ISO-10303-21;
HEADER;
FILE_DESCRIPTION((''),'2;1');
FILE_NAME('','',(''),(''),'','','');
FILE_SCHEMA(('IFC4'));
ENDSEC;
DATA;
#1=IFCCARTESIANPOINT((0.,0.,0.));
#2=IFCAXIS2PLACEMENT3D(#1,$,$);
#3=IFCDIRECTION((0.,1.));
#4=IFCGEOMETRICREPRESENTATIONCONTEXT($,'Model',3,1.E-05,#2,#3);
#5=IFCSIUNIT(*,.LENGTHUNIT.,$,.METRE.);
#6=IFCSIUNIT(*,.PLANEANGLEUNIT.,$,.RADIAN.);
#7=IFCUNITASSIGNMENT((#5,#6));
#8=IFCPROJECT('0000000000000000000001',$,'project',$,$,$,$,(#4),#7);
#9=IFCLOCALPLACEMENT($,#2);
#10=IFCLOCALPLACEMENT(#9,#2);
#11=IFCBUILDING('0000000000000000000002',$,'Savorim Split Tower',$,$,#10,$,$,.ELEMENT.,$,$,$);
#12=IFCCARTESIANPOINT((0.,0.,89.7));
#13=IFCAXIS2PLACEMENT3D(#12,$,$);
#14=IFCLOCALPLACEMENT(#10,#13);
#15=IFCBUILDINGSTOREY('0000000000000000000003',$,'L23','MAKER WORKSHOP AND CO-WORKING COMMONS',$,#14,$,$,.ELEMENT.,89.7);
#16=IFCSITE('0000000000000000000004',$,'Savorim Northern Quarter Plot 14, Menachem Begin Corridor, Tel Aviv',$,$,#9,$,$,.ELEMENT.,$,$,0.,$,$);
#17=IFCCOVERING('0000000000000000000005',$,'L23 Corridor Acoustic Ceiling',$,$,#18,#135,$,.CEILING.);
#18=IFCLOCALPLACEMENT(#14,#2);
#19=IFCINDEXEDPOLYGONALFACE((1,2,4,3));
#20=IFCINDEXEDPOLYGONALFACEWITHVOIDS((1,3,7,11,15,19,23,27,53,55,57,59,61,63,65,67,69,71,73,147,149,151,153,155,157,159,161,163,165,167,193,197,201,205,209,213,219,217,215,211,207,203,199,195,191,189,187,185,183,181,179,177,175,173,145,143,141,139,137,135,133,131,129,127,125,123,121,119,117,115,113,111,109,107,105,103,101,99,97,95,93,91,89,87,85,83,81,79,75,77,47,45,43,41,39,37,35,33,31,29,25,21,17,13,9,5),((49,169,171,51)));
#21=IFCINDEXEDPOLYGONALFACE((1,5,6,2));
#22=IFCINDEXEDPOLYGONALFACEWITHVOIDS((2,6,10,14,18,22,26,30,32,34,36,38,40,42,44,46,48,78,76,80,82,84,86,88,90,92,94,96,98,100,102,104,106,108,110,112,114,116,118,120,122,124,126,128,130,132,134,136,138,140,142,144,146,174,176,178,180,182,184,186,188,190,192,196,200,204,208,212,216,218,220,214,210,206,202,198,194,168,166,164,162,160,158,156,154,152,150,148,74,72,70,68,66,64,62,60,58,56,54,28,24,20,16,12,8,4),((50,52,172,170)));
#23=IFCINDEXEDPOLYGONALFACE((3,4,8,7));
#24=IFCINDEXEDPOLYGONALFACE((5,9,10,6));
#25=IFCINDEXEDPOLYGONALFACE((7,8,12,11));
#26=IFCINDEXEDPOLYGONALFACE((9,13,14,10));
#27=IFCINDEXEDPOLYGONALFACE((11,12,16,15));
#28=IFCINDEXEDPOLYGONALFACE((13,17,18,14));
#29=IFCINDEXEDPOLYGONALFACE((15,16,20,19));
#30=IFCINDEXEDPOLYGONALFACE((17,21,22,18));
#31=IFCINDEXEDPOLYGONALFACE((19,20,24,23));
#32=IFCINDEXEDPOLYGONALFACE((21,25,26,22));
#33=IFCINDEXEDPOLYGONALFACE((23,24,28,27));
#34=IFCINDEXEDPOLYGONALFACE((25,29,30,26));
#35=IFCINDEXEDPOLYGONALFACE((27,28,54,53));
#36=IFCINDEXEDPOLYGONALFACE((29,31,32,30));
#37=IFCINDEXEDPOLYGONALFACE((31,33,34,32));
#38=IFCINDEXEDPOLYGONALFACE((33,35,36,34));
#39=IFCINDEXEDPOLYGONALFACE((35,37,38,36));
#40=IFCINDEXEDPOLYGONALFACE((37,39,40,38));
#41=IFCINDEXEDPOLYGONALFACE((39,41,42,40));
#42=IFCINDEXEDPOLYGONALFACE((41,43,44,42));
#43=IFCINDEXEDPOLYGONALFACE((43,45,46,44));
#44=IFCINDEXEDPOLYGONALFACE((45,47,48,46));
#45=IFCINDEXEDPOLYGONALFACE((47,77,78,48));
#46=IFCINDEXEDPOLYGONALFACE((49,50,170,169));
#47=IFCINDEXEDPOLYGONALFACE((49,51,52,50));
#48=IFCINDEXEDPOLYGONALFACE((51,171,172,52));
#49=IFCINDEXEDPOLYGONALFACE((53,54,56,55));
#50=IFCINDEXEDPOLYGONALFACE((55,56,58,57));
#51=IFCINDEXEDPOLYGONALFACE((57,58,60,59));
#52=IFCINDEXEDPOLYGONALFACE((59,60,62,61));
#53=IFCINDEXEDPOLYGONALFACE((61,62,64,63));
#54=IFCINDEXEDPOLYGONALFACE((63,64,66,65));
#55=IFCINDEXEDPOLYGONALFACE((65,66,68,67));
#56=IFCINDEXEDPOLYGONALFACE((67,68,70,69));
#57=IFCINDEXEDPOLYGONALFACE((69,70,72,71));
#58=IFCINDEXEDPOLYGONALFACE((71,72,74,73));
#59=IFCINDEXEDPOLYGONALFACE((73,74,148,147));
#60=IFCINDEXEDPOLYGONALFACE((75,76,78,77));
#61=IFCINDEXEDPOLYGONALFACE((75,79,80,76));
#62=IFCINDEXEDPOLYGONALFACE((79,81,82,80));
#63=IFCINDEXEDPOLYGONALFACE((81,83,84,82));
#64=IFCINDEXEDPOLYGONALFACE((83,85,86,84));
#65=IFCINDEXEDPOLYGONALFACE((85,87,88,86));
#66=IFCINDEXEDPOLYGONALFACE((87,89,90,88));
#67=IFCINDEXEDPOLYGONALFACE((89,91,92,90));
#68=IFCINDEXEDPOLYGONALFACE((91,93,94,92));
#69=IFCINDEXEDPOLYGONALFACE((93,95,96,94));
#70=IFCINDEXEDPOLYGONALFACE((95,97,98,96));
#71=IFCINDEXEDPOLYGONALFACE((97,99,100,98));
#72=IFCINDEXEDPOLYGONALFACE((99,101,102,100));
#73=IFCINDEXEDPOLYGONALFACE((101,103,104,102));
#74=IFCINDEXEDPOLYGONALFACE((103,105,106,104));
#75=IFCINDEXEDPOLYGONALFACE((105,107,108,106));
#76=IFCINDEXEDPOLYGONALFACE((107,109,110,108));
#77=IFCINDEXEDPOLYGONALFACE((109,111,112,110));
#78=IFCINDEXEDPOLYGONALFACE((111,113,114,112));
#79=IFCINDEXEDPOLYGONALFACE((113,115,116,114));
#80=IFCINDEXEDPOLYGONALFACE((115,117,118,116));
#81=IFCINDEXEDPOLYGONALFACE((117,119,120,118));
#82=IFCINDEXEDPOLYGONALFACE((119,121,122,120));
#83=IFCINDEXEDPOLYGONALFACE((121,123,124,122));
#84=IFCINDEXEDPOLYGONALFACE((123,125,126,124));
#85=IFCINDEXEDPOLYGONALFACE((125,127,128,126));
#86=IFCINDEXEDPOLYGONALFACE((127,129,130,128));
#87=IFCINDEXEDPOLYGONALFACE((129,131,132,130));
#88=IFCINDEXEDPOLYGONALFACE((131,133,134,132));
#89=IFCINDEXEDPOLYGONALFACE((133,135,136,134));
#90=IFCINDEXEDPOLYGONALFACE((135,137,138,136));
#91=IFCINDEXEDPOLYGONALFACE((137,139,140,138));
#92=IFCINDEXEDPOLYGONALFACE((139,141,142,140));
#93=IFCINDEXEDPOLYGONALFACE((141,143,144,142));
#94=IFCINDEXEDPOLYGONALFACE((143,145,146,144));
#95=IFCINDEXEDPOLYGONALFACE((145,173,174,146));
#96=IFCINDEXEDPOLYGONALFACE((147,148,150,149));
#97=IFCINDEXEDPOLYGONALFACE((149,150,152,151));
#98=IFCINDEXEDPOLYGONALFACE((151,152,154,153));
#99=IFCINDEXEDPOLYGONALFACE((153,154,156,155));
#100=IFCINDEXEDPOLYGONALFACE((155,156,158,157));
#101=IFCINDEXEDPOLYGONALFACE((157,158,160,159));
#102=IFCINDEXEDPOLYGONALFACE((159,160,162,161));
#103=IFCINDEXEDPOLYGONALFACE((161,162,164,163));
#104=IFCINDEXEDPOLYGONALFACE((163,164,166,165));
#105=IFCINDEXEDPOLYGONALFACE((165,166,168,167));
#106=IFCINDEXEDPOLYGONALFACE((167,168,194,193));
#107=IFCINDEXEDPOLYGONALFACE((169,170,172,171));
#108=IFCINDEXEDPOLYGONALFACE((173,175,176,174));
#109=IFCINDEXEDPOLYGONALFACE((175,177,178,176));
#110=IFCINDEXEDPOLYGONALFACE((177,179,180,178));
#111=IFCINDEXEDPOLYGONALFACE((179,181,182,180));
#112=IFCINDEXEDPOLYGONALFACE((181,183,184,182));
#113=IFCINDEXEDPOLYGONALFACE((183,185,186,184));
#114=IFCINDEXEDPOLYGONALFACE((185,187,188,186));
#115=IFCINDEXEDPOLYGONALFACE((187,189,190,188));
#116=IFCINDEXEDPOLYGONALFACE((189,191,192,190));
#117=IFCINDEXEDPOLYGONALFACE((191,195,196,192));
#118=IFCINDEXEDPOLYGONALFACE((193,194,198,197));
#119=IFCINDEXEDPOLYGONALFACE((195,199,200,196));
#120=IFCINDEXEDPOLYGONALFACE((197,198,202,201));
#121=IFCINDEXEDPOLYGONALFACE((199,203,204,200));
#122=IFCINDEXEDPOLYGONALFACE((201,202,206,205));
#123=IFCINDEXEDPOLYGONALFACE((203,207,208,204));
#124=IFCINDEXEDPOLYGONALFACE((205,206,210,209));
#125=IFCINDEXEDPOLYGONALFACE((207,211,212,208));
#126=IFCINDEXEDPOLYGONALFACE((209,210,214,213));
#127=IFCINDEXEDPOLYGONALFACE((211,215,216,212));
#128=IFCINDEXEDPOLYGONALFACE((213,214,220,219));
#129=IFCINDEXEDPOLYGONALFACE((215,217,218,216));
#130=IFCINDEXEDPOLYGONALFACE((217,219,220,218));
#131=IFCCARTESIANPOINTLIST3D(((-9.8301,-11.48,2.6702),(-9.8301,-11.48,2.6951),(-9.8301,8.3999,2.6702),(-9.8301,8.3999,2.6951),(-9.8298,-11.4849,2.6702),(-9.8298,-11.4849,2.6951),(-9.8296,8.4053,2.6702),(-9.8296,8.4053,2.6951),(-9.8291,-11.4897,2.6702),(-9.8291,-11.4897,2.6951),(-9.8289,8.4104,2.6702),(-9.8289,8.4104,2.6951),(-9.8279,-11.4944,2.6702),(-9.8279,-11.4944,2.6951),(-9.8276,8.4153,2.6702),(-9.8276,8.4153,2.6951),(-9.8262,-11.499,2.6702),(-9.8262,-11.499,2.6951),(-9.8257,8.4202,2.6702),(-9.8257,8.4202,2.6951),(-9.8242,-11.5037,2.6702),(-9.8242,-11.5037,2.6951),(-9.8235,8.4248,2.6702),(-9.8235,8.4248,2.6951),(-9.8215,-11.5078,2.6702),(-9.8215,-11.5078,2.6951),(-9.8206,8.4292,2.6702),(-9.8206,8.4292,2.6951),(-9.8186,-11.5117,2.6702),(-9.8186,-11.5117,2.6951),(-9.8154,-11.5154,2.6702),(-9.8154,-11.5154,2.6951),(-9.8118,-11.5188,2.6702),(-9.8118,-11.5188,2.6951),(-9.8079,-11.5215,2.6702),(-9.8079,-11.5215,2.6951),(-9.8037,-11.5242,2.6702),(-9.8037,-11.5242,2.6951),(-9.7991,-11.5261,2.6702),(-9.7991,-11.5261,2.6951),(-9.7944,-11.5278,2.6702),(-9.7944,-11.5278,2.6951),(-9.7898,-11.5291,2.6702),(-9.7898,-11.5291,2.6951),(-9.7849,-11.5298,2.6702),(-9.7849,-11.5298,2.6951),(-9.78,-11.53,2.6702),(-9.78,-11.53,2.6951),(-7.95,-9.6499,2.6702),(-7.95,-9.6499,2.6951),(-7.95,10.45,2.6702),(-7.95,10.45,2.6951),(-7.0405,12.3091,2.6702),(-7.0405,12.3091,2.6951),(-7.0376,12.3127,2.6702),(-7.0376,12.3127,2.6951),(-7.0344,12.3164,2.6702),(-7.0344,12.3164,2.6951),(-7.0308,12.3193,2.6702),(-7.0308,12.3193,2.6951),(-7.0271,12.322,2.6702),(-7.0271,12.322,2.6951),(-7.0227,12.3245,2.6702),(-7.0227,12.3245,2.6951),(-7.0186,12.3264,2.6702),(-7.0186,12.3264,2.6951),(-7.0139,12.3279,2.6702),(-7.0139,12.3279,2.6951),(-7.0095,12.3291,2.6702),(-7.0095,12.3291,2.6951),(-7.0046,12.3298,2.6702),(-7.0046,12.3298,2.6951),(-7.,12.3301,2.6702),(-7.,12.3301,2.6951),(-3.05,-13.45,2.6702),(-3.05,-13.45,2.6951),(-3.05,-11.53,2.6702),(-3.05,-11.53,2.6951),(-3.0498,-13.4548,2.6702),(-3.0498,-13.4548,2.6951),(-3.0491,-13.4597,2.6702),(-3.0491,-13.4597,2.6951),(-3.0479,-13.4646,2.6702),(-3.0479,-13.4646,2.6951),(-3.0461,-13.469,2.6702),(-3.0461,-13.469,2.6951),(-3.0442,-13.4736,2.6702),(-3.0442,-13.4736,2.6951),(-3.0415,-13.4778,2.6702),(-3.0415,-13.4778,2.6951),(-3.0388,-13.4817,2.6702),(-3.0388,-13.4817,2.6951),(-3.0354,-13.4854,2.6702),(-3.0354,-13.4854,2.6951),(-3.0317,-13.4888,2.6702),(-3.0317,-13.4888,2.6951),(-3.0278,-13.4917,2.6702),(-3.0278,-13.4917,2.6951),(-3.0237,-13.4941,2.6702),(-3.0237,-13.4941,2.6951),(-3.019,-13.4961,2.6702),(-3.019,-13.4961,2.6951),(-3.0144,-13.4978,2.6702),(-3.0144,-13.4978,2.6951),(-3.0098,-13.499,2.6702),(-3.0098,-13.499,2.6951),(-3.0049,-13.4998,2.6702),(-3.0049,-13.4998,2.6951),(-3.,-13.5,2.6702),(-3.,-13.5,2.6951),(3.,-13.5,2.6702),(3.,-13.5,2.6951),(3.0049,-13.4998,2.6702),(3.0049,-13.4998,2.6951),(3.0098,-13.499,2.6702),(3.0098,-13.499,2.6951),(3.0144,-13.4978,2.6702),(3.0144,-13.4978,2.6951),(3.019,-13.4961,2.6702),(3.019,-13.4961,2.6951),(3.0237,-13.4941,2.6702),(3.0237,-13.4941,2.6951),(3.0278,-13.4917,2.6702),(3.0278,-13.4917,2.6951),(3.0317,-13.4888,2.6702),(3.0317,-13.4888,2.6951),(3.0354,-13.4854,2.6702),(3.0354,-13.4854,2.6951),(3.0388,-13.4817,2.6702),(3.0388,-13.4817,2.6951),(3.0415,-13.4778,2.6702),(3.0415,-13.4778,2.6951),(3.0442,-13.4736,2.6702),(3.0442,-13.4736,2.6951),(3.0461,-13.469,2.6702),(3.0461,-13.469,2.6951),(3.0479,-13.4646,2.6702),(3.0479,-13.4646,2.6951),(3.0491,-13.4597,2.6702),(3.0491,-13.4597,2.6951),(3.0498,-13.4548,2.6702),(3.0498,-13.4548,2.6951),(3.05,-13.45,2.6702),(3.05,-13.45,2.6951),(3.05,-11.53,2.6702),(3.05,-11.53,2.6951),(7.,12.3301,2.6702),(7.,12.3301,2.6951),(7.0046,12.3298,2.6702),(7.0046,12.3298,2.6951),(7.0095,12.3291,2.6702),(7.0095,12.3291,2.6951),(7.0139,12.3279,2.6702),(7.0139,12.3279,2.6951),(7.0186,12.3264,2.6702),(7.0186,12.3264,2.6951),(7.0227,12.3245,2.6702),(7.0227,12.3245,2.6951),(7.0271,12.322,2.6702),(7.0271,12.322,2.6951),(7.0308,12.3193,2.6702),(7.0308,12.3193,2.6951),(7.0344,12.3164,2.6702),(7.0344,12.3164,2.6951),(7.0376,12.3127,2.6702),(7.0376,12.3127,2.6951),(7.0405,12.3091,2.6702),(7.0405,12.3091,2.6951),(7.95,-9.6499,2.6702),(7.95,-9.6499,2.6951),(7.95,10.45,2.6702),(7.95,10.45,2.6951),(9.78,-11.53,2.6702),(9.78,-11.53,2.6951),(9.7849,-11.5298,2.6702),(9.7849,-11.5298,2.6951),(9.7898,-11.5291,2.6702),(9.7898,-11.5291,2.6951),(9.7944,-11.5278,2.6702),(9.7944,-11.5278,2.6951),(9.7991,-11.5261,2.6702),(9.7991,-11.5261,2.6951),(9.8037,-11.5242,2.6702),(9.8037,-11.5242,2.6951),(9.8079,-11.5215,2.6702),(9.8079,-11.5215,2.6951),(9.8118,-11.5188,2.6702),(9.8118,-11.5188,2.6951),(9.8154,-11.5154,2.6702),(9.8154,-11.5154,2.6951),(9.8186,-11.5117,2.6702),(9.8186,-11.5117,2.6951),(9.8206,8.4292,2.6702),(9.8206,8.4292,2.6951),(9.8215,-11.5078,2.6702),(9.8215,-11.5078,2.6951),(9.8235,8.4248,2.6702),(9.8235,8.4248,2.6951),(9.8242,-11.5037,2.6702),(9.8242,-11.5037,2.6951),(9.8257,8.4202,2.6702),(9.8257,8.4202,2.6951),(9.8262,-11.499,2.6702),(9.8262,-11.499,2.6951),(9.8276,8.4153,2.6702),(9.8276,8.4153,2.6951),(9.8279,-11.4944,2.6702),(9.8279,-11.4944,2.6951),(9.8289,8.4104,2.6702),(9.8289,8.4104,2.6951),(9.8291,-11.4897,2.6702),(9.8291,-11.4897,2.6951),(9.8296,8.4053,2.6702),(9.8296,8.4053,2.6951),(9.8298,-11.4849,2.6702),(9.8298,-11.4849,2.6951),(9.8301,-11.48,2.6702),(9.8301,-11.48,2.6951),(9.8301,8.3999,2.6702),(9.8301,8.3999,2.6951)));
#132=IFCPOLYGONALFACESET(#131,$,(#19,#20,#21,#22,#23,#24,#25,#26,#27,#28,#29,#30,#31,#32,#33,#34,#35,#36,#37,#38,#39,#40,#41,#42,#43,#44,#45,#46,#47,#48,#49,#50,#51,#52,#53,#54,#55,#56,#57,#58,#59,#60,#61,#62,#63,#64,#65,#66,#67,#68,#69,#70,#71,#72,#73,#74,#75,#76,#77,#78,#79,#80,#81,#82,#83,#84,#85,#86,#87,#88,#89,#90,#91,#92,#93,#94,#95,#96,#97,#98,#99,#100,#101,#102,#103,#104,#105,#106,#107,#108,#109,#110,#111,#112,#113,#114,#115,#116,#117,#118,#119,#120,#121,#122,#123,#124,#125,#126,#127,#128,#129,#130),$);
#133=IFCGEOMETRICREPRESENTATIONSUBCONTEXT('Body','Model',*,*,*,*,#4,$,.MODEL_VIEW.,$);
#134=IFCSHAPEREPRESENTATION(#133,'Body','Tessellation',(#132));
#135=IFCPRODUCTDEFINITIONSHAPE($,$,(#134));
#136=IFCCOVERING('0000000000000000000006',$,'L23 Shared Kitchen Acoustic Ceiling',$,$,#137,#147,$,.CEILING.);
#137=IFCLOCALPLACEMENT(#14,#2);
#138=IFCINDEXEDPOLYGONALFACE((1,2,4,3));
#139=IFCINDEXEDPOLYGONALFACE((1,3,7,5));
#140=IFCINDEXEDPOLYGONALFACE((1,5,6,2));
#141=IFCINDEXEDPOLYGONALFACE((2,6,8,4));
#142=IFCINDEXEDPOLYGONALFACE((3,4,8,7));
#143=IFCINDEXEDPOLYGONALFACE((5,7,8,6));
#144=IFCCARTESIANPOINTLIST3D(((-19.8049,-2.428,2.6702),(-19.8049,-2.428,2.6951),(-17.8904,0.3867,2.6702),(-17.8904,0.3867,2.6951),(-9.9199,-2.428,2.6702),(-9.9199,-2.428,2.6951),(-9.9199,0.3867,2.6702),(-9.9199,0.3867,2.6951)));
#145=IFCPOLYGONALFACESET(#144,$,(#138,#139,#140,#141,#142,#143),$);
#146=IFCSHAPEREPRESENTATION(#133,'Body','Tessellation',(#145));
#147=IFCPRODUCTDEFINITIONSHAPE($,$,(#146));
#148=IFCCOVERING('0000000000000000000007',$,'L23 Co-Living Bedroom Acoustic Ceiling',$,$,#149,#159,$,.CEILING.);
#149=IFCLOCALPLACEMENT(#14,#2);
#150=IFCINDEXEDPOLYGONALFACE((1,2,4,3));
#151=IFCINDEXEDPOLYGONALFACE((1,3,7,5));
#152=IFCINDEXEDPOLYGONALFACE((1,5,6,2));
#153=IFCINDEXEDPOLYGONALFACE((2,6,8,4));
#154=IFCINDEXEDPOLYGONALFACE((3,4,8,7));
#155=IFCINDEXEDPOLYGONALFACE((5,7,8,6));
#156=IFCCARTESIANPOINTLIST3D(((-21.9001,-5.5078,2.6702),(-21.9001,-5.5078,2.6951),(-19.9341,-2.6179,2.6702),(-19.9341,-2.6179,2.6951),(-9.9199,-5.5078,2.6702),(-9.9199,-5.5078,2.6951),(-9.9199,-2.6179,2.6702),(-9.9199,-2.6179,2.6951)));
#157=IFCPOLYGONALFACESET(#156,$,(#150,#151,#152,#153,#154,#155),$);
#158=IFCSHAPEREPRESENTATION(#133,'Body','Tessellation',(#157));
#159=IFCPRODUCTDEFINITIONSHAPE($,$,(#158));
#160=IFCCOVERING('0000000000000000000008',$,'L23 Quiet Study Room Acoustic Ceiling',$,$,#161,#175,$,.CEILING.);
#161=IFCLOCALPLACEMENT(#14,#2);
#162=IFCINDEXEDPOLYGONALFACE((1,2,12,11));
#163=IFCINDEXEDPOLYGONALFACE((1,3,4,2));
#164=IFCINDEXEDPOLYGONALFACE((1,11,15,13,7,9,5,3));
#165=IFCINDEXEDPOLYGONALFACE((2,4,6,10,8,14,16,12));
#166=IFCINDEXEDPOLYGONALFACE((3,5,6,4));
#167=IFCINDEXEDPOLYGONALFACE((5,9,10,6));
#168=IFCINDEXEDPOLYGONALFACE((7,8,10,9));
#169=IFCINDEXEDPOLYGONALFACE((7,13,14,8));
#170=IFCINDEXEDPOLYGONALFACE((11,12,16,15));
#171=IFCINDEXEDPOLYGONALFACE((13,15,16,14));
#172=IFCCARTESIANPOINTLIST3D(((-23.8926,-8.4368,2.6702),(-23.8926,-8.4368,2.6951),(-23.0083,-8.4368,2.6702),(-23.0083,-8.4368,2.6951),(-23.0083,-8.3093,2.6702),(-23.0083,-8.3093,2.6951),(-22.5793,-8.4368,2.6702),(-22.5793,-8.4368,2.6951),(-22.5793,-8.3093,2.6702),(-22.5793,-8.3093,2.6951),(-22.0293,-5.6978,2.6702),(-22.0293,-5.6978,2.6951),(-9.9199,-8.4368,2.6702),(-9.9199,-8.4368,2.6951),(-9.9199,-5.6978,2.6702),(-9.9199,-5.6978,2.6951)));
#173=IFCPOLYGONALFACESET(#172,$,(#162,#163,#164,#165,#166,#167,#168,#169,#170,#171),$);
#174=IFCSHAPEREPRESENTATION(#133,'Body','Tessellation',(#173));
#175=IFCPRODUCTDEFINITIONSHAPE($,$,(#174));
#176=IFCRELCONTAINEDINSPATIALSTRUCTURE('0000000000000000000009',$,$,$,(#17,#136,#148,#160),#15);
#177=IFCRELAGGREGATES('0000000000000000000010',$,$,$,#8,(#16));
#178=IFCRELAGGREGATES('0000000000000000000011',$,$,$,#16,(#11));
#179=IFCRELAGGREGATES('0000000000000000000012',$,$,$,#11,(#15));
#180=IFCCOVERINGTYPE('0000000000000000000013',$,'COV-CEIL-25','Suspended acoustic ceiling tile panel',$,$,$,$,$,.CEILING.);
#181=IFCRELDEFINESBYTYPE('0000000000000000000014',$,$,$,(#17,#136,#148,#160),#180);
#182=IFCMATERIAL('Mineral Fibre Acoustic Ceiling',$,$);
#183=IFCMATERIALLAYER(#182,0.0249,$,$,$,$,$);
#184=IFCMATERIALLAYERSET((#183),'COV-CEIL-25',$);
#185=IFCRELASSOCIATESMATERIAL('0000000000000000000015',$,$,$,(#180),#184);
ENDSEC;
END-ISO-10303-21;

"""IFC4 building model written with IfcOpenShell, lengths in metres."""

from ifc_helpers import new_model, si_unit, direction, frame, origin, place, context, subcontext, project, spatial, polyline, outline, extrude, material, layer, layer_set, type_object, element, save


model = new_model("IFC4")

# Units and contexts
model_context = context("Model", 3, precision=1e-05, world=origin(), true_north=direction((0.0, 1.0)))
body_context = subcontext(model_context, "Body", "Model", "MODEL_VIEW")
ifc_project = project(units=[si_unit("LENGTHUNIT", "METRE"), si_unit("PLANEANGLEUNIT", "RADIAN")], contexts=[model_context])

# Site, building, storey
site_placement = place(None, origin())
site = spatial("IfcSite", under=ifc_project, at=site_placement, Name="Savorim Northern Quarter Plot 14, Menachem Begin Corridor, Tel Aviv", CompositionType="ELEMENT", RefElevation=0.0)
building_placement = place(site_placement, origin())
building = spatial("IfcBuilding", under=site, at=building_placement, Name="Savorim Split Tower", CompositionType="ELEMENT")
storey_placement = place(building_placement, frame((0.0, 0.0, 89.7)))
storey = spatial("IfcBuildingStorey", under=building, at=storey_placement, Name="L23", Description="MAKER WORKSHOP AND CO-WORKING COMMONS", CompositionType="ELEMENT", Elevation=89.7)

# Coverings
ifc_material_1 = material(Name="Mineral Fibre Acoustic Ceiling")
ifc_layer_1 = layer(ifc_material_1, 0.0249)
ifc_layer_set_1 = layer_set([ifc_layer_1], Name="COV-CEIL-25")
covering_type_1 = type_object("IfcCoveringType", Name="COV-CEIL-25", Description="Suspended acoustic ceiling tile panel", PredefinedType="CEILING", material=ifc_layer_set_1)
covering_1_placement = place(storey_placement, frame((0.0, 0.0, 2.6702)))
element("IfcCovering", 1, at=covering_1_placement, inside=storey, type_object=covering_type_1, Name="L23 Corridor Acoustic Ceiling", PredefinedType="CEILING", context=body_context, shape_type="SweptSolid", body=[
    extrude(outline(polyline([(7.0095, 12.3291), (7.0046, 12.3298), (7.0, 12.3301), (-7.0, 12.3301), (-7.0046, 12.3298), (-7.0095, 12.3291), (-7.0139, 12.3279), (-7.0186, 12.3264), (-7.0227, 12.3245), (-7.0271, 12.322), (-7.0308, 12.3193), (-7.0344, 12.3164), (-7.0376, 12.3127), (-7.0405, 12.3091), (-9.8206, 8.4292), (-9.8235, 8.4248), (-9.8257, 8.4202), (-9.8276, 8.4153), (-9.8289, 8.4104), (-9.8296, 8.4053), (-9.8301, 8.3999), (-9.8301, -11.48), (-9.8298, -11.4849), (-9.8291, -11.4897), (-9.8279, -11.4944), (-9.8262, -11.499), (-9.8242, -11.5037), (-9.8215, -11.5078), (-9.8186, -11.5117), (-9.8154, -11.5154), (-9.8118, -11.5188), (-9.8079, -11.5215), (-9.8037, -11.5242), (-9.7991, -11.5261), (-9.7944, -11.5278), (-9.7898, -11.5291), (-9.7849, -11.5298), (-9.78, -11.53), (-3.05, -11.53), (-3.05, -13.45), (-3.0498, -13.4548), (-3.0491, -13.4597), (-3.0479, -13.4646), (-3.0461, -13.469), (-3.0442, -13.4736), (-3.0415, -13.4778), (-3.0388, -13.4817), (-3.0354, -13.4854), (-3.0317, -13.4888), (-3.0278, -13.4917), (-3.0237, -13.4941), (-3.019, -13.4961), (-3.0144, -13.4978), (-3.0098, -13.499), (-3.0049, -13.4998), (-3.0, -13.5), (3.0, -13.5), (3.0049, -13.4998), (3.0098, -13.499), (3.0144, -13.4978), (3.019, -13.4961), (3.0237, -13.4941), (3.0278, -13.4917), (3.0317, -13.4888), (3.0354, -13.4854), (3.0388, -13.4817), (3.0415, -13.4778), (3.0442, -13.4736), (3.0461, -13.469), (3.0479, -13.4646), (3.0491, -13.4597), (3.0498, -13.4548), (3.05, -13.45), (3.05, -11.53), (9.78, -11.53), (9.7849, -11.5298), (9.7898, -11.5291), (9.7944, -11.5278), (9.7991, -11.5261), (9.8037, -11.5242), (9.8079, -11.5215), (9.8118, -11.5188), (9.8154, -11.5154), (9.8186, -11.5117), (9.8215, -11.5078), (9.8242, -11.5037), (9.8262, -11.499), (9.8279, -11.4944), (9.8291, -11.4897), (9.8298, -11.4849), (9.8301, -11.48), (9.8301, 8.3999), (9.8296, 8.4053), (9.8289, 8.4104), (9.8276, 8.4153), (9.8257, 8.4202), (9.8235, 8.4248), (9.8206, 8.4292), (7.0405, 12.3091), (7.0376, 12.3127), (7.0344, 12.3164), (7.0308, 12.3193), (7.0271, 12.322), (7.0227, 12.3245), (7.0186, 12.3264), (7.0139, 12.3279), (7.0095, 12.3291)]), holes=[polyline([(-7.95, 10.45), (-7.95, -9.6499), (7.95, -9.6499), (7.95, 10.45), (-7.95, 10.45)])]), origin(), (0.0, 0.0, 1.0), 0.0249),
])
covering_2_placement = place(storey_placement, frame((0.0, 0.0, 2.6702)))
element("IfcCovering", 2, at=covering_2_placement, inside=storey, type_object=covering_type_1, Name="L23 Shared Kitchen Acoustic Ceiling", PredefinedType="CEILING", context=body_context, shape_type="SweptSolid", body=[
    extrude(outline(polyline([(-17.8904, 0.3867), (-19.8049, -2.428), (-9.9199, -2.428), (-9.9199, 0.3867), (-17.8904, 0.3867)])), origin(), (0.0, 0.0, 1.0), 0.0249),
])
covering_3_placement = place(storey_placement, frame((0.0, 0.0, 2.6702)))
element("IfcCovering", 3, at=covering_3_placement, inside=storey, type_object=covering_type_1, Name="L23 Co-Living Bedroom Acoustic Ceiling", PredefinedType="CEILING", context=body_context, shape_type="SweptSolid", body=[
    extrude(outline(polyline([(-19.9341, -2.6179), (-21.9001, -5.5078), (-9.9199, -5.5078), (-9.9199, -2.6179), (-19.9341, -2.6179)])), origin(), (0.0, 0.0, 1.0), 0.0249),
])
covering_4_placement = place(storey_placement, frame((0.0, 0.0, 2.6702)))
element("IfcCovering", 4, at=covering_4_placement, inside=storey, type_object=covering_type_1, Name="L23 Quiet Study Room Acoustic Ceiling", PredefinedType="CEILING", context=body_context, shape_type="SweptSolid", body=[
    extrude(outline(polyline([(-22.5793, -8.3093), (-22.5793, -8.4368), (-9.9199, -8.4368), (-9.9199, -5.6978), (-22.0293, -5.6978), (-23.8926, -8.4368), (-23.0083, -8.4368), (-23.0083, -8.3093), (-22.5793, -8.3093)])), origin(), (0.0, 0.0, 1.0), 0.0249),
])

save(model, "model.ifc")
